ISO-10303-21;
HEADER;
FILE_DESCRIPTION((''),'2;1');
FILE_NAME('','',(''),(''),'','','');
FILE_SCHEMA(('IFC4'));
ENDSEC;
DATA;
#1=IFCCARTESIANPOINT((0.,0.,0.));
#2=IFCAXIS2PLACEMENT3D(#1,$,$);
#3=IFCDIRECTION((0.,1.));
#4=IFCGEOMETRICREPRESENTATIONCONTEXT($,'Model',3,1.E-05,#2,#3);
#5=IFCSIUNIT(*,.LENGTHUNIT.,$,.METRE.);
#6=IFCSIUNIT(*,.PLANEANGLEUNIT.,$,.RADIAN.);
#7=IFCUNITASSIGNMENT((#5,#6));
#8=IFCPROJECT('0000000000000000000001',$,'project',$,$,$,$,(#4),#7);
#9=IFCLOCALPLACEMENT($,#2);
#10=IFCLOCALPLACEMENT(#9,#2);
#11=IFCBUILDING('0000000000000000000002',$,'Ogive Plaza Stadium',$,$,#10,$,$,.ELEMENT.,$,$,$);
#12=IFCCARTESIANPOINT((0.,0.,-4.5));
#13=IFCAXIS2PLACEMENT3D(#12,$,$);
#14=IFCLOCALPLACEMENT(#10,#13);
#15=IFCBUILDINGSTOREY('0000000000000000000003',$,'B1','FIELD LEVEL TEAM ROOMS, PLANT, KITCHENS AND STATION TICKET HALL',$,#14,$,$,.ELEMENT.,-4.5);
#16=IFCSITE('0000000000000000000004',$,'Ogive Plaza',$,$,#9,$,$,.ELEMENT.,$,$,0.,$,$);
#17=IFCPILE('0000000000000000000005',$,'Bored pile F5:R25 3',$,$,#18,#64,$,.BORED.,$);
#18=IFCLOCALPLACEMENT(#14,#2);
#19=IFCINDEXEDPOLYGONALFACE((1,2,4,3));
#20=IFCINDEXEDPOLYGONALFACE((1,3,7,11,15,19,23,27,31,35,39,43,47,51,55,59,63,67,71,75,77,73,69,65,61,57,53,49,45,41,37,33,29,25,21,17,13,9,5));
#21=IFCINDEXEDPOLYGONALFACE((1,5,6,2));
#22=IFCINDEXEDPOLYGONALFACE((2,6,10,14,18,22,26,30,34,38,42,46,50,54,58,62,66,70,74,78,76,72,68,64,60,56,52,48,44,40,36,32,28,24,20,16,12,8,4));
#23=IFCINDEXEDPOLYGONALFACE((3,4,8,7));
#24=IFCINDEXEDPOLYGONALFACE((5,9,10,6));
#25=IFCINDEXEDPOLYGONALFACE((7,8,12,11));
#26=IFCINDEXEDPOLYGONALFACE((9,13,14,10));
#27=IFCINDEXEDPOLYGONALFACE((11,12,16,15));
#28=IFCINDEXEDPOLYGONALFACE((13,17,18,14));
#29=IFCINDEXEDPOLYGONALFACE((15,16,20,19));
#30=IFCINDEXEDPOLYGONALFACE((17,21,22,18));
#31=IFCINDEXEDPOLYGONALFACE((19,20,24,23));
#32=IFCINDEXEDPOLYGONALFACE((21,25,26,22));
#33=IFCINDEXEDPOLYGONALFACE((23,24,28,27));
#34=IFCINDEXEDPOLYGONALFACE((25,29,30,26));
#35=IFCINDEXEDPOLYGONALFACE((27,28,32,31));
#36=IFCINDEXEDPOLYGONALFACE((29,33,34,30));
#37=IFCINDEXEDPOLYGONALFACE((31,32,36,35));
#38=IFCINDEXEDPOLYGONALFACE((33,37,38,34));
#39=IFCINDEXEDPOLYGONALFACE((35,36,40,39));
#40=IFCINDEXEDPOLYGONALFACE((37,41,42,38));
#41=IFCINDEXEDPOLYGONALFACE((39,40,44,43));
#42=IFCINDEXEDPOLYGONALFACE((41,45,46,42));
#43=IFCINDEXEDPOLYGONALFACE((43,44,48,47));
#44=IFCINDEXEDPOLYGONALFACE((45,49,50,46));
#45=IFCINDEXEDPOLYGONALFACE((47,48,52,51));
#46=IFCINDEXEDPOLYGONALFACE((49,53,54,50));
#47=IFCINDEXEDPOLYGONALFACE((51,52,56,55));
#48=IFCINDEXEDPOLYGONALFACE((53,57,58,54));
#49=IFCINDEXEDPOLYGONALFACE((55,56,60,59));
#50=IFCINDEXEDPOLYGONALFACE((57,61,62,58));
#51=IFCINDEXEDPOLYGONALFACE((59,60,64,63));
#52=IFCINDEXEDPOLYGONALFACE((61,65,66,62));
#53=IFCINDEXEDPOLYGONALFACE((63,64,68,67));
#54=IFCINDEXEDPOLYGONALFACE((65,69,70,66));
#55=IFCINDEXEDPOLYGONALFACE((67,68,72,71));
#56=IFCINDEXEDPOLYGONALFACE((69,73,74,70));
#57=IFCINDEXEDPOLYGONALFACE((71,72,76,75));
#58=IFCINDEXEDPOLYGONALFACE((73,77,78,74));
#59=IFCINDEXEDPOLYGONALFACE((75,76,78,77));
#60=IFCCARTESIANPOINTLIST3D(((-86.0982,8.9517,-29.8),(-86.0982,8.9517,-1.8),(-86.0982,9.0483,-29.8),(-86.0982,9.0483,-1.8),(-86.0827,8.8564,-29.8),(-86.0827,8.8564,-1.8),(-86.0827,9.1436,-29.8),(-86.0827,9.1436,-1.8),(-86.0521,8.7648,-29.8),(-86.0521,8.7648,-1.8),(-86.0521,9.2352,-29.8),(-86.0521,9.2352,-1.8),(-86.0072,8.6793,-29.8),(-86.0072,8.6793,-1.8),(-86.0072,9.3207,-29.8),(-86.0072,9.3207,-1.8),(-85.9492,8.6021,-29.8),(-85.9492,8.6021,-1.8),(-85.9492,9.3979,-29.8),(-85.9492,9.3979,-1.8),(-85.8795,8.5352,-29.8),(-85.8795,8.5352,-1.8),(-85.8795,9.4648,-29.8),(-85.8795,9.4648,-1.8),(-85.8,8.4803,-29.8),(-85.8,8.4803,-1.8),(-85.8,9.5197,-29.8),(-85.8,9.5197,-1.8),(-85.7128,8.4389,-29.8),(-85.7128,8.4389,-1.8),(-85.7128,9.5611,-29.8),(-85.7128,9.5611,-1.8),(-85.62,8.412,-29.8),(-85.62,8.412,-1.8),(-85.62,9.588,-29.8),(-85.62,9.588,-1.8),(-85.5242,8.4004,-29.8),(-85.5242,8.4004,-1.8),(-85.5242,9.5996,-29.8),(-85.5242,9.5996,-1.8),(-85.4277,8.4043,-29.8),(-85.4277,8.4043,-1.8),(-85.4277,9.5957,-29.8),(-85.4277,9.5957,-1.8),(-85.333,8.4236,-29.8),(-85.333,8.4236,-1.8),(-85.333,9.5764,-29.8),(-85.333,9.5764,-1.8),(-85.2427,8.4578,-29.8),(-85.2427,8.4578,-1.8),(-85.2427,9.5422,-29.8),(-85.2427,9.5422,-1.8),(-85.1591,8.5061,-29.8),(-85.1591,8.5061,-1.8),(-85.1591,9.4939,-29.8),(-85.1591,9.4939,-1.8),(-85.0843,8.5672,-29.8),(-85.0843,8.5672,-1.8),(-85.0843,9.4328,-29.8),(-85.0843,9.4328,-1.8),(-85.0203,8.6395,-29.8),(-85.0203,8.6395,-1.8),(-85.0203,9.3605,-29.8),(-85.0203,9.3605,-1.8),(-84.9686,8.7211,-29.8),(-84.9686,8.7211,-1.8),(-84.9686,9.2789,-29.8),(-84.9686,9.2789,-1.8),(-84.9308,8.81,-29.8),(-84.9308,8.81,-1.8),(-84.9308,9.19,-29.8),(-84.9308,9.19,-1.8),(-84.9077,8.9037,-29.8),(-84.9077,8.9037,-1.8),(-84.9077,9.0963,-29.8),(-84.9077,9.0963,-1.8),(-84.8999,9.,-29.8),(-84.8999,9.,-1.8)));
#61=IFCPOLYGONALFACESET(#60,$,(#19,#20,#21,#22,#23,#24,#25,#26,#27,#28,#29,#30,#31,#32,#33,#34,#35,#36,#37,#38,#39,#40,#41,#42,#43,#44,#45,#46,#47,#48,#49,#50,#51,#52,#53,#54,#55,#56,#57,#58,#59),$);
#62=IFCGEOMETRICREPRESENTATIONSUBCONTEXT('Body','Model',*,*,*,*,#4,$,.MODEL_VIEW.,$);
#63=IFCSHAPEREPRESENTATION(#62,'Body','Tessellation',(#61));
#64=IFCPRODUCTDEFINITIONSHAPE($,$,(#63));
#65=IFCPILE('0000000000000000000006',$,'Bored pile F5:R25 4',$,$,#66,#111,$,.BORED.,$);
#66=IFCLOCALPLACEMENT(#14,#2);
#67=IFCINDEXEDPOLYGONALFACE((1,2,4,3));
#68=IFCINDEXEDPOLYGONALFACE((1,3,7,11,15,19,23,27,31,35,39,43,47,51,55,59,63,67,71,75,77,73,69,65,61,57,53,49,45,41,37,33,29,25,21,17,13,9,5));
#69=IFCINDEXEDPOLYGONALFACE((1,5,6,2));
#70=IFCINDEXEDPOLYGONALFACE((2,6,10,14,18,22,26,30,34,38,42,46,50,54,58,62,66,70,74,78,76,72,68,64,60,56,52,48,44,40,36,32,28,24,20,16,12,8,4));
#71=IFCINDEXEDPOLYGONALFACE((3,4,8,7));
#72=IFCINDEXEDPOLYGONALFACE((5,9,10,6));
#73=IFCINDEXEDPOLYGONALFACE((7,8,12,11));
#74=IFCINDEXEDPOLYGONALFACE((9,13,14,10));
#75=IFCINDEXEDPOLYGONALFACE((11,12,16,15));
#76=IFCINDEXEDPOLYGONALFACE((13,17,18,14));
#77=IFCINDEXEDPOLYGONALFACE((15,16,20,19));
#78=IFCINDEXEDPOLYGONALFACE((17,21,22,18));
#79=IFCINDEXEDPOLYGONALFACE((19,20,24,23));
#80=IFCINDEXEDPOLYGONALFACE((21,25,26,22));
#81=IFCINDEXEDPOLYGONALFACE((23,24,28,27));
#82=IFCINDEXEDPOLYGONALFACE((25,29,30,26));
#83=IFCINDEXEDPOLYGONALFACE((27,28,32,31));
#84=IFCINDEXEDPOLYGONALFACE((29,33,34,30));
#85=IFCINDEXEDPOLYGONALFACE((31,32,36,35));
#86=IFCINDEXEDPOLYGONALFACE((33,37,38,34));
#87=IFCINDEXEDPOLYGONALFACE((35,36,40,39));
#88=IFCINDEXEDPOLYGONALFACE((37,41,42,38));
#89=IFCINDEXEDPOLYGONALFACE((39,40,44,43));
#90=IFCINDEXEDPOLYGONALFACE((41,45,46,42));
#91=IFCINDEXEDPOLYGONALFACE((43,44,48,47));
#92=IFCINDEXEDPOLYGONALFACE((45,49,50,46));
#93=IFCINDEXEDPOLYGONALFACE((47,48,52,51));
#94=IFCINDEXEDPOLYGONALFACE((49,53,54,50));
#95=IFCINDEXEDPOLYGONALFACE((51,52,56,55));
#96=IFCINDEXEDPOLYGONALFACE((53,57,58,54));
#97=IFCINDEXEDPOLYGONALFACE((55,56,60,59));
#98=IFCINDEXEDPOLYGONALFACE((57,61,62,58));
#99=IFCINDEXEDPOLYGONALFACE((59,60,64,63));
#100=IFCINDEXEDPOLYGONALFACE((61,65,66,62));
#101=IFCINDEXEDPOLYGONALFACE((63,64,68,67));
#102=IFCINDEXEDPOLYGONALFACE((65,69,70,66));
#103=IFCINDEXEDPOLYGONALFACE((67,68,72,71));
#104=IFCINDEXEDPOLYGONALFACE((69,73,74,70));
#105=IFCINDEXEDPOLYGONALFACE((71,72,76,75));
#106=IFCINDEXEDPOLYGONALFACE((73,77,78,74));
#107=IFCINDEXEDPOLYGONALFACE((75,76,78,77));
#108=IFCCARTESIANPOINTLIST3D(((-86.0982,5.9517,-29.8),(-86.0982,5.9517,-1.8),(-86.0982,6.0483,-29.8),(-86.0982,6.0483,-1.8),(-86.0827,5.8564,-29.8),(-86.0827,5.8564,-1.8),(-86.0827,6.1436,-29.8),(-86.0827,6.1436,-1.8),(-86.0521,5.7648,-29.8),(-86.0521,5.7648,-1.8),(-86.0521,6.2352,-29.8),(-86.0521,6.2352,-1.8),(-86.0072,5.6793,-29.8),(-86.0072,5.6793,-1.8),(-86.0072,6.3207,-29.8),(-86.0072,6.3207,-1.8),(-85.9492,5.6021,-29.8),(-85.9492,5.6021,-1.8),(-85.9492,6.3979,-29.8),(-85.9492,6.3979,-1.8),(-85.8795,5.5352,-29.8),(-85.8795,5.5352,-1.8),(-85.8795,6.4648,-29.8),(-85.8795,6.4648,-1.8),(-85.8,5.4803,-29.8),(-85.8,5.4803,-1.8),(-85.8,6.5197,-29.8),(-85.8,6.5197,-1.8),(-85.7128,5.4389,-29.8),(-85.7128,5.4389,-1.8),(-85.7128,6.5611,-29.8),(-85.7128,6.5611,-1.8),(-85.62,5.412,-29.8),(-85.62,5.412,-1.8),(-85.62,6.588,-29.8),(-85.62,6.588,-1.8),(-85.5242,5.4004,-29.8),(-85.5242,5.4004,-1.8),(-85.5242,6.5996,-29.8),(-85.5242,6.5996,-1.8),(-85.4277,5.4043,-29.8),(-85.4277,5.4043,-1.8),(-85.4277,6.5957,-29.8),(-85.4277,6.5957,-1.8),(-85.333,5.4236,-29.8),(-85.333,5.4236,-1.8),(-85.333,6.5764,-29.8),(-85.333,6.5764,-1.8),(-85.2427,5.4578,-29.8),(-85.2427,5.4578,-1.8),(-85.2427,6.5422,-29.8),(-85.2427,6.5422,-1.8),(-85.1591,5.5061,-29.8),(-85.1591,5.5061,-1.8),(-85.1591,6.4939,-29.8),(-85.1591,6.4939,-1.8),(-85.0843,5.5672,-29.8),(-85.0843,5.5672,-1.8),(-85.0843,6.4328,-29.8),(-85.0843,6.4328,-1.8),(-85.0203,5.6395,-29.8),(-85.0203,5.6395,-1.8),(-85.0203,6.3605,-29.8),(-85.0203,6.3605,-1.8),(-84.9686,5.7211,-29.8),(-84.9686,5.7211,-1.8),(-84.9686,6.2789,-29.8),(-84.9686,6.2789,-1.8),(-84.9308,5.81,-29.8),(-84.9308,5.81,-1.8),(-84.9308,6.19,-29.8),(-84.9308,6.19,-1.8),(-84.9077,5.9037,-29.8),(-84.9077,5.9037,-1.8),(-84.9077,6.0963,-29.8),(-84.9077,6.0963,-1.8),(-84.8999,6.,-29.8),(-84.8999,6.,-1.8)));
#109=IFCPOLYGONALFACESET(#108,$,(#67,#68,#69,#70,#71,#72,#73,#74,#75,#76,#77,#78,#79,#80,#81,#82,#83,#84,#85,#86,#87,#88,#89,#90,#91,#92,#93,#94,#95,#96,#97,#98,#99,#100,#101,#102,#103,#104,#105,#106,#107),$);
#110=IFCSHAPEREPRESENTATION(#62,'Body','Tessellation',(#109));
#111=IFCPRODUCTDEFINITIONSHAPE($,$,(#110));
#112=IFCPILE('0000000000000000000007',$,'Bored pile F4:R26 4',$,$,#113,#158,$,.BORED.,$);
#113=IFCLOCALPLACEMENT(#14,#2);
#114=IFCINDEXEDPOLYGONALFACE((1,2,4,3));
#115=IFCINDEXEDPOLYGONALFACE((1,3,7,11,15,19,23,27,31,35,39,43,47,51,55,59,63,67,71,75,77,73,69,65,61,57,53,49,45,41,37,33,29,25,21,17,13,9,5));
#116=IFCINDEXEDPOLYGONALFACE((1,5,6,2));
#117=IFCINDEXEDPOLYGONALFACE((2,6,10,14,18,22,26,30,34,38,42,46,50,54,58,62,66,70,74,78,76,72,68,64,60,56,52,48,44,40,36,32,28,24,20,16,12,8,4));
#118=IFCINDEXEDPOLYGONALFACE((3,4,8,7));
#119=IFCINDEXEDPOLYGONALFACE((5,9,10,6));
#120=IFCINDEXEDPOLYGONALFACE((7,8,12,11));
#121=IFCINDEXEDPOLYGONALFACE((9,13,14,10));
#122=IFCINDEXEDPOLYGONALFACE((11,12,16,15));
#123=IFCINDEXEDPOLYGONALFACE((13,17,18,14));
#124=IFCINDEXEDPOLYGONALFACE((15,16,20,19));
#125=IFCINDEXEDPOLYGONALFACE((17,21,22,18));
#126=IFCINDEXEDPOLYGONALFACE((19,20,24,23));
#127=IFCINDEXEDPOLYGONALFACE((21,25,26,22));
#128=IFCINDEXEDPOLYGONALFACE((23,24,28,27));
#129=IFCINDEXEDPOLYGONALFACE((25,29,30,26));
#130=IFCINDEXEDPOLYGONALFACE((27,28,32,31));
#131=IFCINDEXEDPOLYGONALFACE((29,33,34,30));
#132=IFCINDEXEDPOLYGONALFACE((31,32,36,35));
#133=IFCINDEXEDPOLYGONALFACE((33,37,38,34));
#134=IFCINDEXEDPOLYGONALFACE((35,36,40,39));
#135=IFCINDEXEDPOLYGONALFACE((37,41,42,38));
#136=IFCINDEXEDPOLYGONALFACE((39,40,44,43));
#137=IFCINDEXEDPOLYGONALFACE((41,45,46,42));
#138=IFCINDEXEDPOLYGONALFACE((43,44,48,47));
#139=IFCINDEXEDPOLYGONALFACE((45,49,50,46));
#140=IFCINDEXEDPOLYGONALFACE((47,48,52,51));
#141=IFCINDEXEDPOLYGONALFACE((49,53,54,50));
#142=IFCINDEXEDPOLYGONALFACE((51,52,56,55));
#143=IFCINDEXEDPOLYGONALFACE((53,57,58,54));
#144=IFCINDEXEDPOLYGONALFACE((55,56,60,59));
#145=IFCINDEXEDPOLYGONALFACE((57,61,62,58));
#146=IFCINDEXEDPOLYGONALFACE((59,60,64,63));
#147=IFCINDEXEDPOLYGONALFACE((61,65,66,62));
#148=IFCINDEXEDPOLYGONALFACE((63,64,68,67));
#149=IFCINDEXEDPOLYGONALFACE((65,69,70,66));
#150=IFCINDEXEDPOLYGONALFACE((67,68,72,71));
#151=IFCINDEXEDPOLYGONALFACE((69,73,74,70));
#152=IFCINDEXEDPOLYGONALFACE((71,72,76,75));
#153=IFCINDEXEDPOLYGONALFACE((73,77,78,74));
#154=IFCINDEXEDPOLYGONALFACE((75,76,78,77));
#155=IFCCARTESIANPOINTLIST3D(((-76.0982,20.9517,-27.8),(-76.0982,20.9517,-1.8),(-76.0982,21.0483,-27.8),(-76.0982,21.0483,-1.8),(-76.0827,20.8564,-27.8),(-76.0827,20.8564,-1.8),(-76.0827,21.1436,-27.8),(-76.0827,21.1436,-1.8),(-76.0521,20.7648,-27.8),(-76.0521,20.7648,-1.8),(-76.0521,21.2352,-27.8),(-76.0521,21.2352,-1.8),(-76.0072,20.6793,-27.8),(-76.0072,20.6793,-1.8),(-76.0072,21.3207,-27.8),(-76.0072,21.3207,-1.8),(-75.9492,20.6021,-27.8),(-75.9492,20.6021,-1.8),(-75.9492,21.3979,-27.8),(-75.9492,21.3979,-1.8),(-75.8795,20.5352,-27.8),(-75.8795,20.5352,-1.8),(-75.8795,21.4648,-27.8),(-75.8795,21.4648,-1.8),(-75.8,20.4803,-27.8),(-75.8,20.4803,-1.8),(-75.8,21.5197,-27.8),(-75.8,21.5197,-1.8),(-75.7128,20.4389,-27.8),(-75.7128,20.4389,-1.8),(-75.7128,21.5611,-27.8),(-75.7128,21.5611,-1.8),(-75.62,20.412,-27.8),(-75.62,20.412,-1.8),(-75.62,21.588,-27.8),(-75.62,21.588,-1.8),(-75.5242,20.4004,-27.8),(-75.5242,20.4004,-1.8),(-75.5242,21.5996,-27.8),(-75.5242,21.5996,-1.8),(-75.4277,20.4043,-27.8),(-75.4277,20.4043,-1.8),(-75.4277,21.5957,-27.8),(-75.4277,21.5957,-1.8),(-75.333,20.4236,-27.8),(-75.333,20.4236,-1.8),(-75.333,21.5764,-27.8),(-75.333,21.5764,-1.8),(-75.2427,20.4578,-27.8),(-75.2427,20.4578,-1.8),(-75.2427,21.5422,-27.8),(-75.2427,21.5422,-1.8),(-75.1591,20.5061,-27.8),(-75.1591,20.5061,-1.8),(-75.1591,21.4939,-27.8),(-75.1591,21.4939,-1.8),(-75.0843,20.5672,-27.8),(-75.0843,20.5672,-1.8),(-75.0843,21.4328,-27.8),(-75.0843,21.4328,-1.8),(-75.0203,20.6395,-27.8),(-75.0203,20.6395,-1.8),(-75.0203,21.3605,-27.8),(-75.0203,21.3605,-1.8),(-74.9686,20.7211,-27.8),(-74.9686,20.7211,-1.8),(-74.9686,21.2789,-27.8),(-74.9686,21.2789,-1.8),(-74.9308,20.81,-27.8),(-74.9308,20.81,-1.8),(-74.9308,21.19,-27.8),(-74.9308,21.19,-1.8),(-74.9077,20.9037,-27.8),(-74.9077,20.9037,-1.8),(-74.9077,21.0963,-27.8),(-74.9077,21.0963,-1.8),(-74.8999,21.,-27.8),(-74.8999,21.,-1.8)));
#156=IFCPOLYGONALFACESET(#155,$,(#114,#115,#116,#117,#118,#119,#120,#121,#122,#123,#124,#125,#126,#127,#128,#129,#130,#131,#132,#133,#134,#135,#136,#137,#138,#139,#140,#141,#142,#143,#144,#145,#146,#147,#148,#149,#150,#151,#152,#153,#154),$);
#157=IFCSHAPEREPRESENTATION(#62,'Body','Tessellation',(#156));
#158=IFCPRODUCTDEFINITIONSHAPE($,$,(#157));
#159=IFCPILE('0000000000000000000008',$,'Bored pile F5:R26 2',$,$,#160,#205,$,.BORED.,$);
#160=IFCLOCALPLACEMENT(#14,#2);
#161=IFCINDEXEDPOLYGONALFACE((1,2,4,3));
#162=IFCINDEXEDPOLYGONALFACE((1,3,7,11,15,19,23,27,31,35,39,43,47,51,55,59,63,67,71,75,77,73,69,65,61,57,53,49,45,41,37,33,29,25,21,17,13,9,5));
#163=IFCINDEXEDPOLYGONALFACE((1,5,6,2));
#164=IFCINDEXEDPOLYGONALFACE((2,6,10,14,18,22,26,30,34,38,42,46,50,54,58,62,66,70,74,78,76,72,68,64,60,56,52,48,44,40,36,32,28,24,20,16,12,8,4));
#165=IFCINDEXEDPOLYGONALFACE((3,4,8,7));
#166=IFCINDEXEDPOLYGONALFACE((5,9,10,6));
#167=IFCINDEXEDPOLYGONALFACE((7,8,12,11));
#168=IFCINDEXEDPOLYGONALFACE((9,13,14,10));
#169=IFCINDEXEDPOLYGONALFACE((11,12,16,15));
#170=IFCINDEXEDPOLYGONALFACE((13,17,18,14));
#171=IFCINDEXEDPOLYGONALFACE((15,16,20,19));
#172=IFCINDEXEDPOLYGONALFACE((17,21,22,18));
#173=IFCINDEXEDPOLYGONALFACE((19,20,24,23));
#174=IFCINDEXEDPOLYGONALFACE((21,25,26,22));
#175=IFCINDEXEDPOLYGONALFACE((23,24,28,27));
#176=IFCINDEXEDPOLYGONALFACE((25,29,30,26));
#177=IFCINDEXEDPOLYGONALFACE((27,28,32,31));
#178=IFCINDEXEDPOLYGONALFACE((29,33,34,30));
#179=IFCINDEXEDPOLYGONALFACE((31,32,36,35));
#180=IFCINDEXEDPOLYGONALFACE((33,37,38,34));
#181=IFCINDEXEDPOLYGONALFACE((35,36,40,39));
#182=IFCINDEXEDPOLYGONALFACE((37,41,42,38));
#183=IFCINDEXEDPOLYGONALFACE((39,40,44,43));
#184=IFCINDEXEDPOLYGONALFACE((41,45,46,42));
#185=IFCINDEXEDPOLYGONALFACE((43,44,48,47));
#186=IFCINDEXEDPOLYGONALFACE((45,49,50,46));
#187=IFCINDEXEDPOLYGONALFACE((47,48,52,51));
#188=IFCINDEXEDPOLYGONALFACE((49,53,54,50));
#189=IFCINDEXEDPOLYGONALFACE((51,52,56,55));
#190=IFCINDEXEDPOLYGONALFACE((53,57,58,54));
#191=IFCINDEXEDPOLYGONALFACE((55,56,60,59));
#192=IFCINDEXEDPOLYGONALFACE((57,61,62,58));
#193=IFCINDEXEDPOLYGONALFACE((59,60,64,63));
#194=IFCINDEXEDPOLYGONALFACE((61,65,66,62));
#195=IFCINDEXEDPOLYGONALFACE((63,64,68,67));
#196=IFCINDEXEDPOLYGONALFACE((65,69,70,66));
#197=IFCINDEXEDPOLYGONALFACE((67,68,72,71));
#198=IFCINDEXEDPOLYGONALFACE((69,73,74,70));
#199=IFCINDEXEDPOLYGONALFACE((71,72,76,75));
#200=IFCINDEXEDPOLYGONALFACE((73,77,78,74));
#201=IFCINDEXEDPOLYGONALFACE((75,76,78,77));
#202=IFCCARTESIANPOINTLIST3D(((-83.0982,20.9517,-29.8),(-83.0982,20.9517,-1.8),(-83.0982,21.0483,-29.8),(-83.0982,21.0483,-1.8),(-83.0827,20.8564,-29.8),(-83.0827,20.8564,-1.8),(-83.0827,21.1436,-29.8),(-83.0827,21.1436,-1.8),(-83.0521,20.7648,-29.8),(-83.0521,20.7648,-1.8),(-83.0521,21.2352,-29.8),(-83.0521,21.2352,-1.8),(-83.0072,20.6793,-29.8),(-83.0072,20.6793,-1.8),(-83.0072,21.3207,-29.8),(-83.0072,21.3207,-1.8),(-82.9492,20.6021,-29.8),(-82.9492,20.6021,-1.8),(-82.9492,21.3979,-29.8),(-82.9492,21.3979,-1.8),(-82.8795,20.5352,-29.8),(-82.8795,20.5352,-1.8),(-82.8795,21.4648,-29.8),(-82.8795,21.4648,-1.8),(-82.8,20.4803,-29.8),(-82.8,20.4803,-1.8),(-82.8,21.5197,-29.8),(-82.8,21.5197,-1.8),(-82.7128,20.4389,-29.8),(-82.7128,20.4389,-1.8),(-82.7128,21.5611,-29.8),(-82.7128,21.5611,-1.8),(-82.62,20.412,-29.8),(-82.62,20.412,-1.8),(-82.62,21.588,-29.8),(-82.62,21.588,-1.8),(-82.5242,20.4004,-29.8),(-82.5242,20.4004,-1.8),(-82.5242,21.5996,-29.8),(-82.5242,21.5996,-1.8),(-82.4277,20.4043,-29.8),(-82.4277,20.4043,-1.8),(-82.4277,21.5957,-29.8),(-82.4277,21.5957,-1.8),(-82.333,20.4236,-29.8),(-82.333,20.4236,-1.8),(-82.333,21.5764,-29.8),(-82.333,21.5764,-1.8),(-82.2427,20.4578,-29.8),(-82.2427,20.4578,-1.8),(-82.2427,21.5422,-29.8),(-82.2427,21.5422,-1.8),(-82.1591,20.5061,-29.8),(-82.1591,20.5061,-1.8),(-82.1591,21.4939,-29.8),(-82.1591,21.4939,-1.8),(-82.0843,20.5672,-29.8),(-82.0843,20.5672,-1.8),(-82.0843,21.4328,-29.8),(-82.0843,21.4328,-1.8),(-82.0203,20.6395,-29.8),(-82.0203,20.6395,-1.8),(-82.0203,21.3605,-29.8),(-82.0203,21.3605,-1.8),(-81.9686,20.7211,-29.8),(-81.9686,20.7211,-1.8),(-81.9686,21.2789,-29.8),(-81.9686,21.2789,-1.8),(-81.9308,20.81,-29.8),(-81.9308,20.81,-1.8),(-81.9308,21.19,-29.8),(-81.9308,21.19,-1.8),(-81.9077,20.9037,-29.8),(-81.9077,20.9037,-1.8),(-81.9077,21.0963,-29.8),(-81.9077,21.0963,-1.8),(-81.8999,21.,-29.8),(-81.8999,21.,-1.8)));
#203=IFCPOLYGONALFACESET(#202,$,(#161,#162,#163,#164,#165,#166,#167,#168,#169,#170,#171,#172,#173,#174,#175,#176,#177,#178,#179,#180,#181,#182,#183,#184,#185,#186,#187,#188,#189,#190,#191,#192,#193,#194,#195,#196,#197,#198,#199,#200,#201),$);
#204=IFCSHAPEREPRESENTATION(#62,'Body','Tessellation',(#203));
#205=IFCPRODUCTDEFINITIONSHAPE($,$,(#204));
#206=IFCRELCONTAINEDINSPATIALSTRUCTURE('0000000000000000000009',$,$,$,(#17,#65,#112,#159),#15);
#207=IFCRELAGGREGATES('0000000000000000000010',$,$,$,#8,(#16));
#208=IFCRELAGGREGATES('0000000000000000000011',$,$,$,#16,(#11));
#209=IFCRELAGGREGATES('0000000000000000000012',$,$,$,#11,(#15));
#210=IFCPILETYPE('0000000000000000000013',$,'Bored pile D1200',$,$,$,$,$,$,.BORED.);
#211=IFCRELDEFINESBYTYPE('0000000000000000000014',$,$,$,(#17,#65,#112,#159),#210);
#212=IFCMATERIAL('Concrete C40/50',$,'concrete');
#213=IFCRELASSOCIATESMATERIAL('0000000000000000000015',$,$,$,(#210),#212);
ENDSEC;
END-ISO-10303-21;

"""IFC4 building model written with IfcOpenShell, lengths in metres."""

from ifc_helpers import new_model, si_unit, direction, frame, origin, origin_2d, place, context, subcontext, project, spatial, circle, extrude, material, material_profile, profile_set, type_object, element, save


model = new_model("IFC4")

# Units and contexts
model_context = context("Model", 3, precision=1e-05, world=origin(), true_north=direction((0.0, 1.0)))
body_context = subcontext(model_context, "Body", "Model", "MODEL_VIEW")
ifc_project = project(units=[si_unit("LENGTHUNIT", "METRE"), si_unit("PLANEANGLEUNIT", "RADIAN")], contexts=[model_context])

# Site, building, storey
site_placement = place(None, origin())
site = spatial("IfcSite", under=ifc_project, at=site_placement, Name="Ogive Plaza", CompositionType="ELEMENT", RefElevation=0.0)
building_placement = place(site_placement, origin())
building = spatial("IfcBuilding", under=site, at=building_placement, Name="Ogive Plaza Stadium", CompositionType="ELEMENT")
storey_placement = place(building_placement, frame((0.0, 0.0, -4.5)))
storey = spatial("IfcBuildingStorey", under=building, at=storey_placement, Name="B1", Description="FIELD LEVEL TEAM ROOMS, PLANT, KITCHENS AND STATION TICKET HALL", CompositionType="ELEMENT", Elevation=-4.5)

# Piles
ifc_material_1 = material(Name="Concrete C40/50", Category="concrete")
ifc_material_profile_1 = material_profile(ifc_material_1, circle(Radius=0.6001, at=origin_2d()), Name="RC D1200")
ifc_profile_set_1 = profile_set([ifc_material_profile_1], Name="Concrete C40/50")
pile_type_1 = type_object("IfcPileType", Name="Bored pile D1200", PredefinedType="BORED", material=ifc_profile_set_1)
for number, where, z_axis, x_axis, name in (
    (1, (-85.5, 9.0, -1.8), (0.0, 0.0, -1.0), (1.0, 0.0, 0.0), "Bored pile F5:R25 3"),
    (2, (-85.5, 6.0, -1.8), (0.0, 0.0, -1.0), (1.0, 0.0, 0.0), "Bored pile F5:R25 4"),
):
    element("IfcPile", number, at=place(storey_placement, frame(where, z_axis=z_axis, x_axis=x_axis)), inside=storey, type_object=pile_type_1, Name=name, PredefinedType="BORED", context=body_context, shape_type="SweptSolid", body=[
        extrude(circle(Radius=0.6001, at=origin_2d()), origin(), (0.0, 0.0, 1.0), 28.0),
    ])
pile_1_placement = place(storey_placement, frame((-75.5, 21.0, -1.8), z_axis=(0.0, 0.0, -1.0), x_axis=(1.0, 0.0, 0.0)))
element("IfcPile", 3, at=pile_1_placement, inside=storey, type_object=pile_type_1, Name="Bored pile F4:R26 4", PredefinedType="BORED", context=body_context, shape_type="SweptSolid", body=[
    extrude(circle(Radius=0.6001, at=origin_2d()), origin(), (0.0, 0.0, 1.0), 26.0),
])
for number, where, z_axis, x_axis, name in (
    (4, (-82.5, 21.0, -1.8), (0.0, 0.0, -1.0), (1.0, 0.0, 0.0), "Bored pile F5:R26 2"),
):
    element("IfcPile", number, at=place(storey_placement, frame(where, z_axis=z_axis, x_axis=x_axis)), inside=storey, type_object=pile_type_1, Name=name, PredefinedType="BORED", context=body_context, shape_type="SweptSolid", body=[
        extrude(circle(Radius=0.6001, at=origin_2d()), origin(), (0.0, 0.0, 1.0), 28.0),
    ])

save(model, "model.ifc")
